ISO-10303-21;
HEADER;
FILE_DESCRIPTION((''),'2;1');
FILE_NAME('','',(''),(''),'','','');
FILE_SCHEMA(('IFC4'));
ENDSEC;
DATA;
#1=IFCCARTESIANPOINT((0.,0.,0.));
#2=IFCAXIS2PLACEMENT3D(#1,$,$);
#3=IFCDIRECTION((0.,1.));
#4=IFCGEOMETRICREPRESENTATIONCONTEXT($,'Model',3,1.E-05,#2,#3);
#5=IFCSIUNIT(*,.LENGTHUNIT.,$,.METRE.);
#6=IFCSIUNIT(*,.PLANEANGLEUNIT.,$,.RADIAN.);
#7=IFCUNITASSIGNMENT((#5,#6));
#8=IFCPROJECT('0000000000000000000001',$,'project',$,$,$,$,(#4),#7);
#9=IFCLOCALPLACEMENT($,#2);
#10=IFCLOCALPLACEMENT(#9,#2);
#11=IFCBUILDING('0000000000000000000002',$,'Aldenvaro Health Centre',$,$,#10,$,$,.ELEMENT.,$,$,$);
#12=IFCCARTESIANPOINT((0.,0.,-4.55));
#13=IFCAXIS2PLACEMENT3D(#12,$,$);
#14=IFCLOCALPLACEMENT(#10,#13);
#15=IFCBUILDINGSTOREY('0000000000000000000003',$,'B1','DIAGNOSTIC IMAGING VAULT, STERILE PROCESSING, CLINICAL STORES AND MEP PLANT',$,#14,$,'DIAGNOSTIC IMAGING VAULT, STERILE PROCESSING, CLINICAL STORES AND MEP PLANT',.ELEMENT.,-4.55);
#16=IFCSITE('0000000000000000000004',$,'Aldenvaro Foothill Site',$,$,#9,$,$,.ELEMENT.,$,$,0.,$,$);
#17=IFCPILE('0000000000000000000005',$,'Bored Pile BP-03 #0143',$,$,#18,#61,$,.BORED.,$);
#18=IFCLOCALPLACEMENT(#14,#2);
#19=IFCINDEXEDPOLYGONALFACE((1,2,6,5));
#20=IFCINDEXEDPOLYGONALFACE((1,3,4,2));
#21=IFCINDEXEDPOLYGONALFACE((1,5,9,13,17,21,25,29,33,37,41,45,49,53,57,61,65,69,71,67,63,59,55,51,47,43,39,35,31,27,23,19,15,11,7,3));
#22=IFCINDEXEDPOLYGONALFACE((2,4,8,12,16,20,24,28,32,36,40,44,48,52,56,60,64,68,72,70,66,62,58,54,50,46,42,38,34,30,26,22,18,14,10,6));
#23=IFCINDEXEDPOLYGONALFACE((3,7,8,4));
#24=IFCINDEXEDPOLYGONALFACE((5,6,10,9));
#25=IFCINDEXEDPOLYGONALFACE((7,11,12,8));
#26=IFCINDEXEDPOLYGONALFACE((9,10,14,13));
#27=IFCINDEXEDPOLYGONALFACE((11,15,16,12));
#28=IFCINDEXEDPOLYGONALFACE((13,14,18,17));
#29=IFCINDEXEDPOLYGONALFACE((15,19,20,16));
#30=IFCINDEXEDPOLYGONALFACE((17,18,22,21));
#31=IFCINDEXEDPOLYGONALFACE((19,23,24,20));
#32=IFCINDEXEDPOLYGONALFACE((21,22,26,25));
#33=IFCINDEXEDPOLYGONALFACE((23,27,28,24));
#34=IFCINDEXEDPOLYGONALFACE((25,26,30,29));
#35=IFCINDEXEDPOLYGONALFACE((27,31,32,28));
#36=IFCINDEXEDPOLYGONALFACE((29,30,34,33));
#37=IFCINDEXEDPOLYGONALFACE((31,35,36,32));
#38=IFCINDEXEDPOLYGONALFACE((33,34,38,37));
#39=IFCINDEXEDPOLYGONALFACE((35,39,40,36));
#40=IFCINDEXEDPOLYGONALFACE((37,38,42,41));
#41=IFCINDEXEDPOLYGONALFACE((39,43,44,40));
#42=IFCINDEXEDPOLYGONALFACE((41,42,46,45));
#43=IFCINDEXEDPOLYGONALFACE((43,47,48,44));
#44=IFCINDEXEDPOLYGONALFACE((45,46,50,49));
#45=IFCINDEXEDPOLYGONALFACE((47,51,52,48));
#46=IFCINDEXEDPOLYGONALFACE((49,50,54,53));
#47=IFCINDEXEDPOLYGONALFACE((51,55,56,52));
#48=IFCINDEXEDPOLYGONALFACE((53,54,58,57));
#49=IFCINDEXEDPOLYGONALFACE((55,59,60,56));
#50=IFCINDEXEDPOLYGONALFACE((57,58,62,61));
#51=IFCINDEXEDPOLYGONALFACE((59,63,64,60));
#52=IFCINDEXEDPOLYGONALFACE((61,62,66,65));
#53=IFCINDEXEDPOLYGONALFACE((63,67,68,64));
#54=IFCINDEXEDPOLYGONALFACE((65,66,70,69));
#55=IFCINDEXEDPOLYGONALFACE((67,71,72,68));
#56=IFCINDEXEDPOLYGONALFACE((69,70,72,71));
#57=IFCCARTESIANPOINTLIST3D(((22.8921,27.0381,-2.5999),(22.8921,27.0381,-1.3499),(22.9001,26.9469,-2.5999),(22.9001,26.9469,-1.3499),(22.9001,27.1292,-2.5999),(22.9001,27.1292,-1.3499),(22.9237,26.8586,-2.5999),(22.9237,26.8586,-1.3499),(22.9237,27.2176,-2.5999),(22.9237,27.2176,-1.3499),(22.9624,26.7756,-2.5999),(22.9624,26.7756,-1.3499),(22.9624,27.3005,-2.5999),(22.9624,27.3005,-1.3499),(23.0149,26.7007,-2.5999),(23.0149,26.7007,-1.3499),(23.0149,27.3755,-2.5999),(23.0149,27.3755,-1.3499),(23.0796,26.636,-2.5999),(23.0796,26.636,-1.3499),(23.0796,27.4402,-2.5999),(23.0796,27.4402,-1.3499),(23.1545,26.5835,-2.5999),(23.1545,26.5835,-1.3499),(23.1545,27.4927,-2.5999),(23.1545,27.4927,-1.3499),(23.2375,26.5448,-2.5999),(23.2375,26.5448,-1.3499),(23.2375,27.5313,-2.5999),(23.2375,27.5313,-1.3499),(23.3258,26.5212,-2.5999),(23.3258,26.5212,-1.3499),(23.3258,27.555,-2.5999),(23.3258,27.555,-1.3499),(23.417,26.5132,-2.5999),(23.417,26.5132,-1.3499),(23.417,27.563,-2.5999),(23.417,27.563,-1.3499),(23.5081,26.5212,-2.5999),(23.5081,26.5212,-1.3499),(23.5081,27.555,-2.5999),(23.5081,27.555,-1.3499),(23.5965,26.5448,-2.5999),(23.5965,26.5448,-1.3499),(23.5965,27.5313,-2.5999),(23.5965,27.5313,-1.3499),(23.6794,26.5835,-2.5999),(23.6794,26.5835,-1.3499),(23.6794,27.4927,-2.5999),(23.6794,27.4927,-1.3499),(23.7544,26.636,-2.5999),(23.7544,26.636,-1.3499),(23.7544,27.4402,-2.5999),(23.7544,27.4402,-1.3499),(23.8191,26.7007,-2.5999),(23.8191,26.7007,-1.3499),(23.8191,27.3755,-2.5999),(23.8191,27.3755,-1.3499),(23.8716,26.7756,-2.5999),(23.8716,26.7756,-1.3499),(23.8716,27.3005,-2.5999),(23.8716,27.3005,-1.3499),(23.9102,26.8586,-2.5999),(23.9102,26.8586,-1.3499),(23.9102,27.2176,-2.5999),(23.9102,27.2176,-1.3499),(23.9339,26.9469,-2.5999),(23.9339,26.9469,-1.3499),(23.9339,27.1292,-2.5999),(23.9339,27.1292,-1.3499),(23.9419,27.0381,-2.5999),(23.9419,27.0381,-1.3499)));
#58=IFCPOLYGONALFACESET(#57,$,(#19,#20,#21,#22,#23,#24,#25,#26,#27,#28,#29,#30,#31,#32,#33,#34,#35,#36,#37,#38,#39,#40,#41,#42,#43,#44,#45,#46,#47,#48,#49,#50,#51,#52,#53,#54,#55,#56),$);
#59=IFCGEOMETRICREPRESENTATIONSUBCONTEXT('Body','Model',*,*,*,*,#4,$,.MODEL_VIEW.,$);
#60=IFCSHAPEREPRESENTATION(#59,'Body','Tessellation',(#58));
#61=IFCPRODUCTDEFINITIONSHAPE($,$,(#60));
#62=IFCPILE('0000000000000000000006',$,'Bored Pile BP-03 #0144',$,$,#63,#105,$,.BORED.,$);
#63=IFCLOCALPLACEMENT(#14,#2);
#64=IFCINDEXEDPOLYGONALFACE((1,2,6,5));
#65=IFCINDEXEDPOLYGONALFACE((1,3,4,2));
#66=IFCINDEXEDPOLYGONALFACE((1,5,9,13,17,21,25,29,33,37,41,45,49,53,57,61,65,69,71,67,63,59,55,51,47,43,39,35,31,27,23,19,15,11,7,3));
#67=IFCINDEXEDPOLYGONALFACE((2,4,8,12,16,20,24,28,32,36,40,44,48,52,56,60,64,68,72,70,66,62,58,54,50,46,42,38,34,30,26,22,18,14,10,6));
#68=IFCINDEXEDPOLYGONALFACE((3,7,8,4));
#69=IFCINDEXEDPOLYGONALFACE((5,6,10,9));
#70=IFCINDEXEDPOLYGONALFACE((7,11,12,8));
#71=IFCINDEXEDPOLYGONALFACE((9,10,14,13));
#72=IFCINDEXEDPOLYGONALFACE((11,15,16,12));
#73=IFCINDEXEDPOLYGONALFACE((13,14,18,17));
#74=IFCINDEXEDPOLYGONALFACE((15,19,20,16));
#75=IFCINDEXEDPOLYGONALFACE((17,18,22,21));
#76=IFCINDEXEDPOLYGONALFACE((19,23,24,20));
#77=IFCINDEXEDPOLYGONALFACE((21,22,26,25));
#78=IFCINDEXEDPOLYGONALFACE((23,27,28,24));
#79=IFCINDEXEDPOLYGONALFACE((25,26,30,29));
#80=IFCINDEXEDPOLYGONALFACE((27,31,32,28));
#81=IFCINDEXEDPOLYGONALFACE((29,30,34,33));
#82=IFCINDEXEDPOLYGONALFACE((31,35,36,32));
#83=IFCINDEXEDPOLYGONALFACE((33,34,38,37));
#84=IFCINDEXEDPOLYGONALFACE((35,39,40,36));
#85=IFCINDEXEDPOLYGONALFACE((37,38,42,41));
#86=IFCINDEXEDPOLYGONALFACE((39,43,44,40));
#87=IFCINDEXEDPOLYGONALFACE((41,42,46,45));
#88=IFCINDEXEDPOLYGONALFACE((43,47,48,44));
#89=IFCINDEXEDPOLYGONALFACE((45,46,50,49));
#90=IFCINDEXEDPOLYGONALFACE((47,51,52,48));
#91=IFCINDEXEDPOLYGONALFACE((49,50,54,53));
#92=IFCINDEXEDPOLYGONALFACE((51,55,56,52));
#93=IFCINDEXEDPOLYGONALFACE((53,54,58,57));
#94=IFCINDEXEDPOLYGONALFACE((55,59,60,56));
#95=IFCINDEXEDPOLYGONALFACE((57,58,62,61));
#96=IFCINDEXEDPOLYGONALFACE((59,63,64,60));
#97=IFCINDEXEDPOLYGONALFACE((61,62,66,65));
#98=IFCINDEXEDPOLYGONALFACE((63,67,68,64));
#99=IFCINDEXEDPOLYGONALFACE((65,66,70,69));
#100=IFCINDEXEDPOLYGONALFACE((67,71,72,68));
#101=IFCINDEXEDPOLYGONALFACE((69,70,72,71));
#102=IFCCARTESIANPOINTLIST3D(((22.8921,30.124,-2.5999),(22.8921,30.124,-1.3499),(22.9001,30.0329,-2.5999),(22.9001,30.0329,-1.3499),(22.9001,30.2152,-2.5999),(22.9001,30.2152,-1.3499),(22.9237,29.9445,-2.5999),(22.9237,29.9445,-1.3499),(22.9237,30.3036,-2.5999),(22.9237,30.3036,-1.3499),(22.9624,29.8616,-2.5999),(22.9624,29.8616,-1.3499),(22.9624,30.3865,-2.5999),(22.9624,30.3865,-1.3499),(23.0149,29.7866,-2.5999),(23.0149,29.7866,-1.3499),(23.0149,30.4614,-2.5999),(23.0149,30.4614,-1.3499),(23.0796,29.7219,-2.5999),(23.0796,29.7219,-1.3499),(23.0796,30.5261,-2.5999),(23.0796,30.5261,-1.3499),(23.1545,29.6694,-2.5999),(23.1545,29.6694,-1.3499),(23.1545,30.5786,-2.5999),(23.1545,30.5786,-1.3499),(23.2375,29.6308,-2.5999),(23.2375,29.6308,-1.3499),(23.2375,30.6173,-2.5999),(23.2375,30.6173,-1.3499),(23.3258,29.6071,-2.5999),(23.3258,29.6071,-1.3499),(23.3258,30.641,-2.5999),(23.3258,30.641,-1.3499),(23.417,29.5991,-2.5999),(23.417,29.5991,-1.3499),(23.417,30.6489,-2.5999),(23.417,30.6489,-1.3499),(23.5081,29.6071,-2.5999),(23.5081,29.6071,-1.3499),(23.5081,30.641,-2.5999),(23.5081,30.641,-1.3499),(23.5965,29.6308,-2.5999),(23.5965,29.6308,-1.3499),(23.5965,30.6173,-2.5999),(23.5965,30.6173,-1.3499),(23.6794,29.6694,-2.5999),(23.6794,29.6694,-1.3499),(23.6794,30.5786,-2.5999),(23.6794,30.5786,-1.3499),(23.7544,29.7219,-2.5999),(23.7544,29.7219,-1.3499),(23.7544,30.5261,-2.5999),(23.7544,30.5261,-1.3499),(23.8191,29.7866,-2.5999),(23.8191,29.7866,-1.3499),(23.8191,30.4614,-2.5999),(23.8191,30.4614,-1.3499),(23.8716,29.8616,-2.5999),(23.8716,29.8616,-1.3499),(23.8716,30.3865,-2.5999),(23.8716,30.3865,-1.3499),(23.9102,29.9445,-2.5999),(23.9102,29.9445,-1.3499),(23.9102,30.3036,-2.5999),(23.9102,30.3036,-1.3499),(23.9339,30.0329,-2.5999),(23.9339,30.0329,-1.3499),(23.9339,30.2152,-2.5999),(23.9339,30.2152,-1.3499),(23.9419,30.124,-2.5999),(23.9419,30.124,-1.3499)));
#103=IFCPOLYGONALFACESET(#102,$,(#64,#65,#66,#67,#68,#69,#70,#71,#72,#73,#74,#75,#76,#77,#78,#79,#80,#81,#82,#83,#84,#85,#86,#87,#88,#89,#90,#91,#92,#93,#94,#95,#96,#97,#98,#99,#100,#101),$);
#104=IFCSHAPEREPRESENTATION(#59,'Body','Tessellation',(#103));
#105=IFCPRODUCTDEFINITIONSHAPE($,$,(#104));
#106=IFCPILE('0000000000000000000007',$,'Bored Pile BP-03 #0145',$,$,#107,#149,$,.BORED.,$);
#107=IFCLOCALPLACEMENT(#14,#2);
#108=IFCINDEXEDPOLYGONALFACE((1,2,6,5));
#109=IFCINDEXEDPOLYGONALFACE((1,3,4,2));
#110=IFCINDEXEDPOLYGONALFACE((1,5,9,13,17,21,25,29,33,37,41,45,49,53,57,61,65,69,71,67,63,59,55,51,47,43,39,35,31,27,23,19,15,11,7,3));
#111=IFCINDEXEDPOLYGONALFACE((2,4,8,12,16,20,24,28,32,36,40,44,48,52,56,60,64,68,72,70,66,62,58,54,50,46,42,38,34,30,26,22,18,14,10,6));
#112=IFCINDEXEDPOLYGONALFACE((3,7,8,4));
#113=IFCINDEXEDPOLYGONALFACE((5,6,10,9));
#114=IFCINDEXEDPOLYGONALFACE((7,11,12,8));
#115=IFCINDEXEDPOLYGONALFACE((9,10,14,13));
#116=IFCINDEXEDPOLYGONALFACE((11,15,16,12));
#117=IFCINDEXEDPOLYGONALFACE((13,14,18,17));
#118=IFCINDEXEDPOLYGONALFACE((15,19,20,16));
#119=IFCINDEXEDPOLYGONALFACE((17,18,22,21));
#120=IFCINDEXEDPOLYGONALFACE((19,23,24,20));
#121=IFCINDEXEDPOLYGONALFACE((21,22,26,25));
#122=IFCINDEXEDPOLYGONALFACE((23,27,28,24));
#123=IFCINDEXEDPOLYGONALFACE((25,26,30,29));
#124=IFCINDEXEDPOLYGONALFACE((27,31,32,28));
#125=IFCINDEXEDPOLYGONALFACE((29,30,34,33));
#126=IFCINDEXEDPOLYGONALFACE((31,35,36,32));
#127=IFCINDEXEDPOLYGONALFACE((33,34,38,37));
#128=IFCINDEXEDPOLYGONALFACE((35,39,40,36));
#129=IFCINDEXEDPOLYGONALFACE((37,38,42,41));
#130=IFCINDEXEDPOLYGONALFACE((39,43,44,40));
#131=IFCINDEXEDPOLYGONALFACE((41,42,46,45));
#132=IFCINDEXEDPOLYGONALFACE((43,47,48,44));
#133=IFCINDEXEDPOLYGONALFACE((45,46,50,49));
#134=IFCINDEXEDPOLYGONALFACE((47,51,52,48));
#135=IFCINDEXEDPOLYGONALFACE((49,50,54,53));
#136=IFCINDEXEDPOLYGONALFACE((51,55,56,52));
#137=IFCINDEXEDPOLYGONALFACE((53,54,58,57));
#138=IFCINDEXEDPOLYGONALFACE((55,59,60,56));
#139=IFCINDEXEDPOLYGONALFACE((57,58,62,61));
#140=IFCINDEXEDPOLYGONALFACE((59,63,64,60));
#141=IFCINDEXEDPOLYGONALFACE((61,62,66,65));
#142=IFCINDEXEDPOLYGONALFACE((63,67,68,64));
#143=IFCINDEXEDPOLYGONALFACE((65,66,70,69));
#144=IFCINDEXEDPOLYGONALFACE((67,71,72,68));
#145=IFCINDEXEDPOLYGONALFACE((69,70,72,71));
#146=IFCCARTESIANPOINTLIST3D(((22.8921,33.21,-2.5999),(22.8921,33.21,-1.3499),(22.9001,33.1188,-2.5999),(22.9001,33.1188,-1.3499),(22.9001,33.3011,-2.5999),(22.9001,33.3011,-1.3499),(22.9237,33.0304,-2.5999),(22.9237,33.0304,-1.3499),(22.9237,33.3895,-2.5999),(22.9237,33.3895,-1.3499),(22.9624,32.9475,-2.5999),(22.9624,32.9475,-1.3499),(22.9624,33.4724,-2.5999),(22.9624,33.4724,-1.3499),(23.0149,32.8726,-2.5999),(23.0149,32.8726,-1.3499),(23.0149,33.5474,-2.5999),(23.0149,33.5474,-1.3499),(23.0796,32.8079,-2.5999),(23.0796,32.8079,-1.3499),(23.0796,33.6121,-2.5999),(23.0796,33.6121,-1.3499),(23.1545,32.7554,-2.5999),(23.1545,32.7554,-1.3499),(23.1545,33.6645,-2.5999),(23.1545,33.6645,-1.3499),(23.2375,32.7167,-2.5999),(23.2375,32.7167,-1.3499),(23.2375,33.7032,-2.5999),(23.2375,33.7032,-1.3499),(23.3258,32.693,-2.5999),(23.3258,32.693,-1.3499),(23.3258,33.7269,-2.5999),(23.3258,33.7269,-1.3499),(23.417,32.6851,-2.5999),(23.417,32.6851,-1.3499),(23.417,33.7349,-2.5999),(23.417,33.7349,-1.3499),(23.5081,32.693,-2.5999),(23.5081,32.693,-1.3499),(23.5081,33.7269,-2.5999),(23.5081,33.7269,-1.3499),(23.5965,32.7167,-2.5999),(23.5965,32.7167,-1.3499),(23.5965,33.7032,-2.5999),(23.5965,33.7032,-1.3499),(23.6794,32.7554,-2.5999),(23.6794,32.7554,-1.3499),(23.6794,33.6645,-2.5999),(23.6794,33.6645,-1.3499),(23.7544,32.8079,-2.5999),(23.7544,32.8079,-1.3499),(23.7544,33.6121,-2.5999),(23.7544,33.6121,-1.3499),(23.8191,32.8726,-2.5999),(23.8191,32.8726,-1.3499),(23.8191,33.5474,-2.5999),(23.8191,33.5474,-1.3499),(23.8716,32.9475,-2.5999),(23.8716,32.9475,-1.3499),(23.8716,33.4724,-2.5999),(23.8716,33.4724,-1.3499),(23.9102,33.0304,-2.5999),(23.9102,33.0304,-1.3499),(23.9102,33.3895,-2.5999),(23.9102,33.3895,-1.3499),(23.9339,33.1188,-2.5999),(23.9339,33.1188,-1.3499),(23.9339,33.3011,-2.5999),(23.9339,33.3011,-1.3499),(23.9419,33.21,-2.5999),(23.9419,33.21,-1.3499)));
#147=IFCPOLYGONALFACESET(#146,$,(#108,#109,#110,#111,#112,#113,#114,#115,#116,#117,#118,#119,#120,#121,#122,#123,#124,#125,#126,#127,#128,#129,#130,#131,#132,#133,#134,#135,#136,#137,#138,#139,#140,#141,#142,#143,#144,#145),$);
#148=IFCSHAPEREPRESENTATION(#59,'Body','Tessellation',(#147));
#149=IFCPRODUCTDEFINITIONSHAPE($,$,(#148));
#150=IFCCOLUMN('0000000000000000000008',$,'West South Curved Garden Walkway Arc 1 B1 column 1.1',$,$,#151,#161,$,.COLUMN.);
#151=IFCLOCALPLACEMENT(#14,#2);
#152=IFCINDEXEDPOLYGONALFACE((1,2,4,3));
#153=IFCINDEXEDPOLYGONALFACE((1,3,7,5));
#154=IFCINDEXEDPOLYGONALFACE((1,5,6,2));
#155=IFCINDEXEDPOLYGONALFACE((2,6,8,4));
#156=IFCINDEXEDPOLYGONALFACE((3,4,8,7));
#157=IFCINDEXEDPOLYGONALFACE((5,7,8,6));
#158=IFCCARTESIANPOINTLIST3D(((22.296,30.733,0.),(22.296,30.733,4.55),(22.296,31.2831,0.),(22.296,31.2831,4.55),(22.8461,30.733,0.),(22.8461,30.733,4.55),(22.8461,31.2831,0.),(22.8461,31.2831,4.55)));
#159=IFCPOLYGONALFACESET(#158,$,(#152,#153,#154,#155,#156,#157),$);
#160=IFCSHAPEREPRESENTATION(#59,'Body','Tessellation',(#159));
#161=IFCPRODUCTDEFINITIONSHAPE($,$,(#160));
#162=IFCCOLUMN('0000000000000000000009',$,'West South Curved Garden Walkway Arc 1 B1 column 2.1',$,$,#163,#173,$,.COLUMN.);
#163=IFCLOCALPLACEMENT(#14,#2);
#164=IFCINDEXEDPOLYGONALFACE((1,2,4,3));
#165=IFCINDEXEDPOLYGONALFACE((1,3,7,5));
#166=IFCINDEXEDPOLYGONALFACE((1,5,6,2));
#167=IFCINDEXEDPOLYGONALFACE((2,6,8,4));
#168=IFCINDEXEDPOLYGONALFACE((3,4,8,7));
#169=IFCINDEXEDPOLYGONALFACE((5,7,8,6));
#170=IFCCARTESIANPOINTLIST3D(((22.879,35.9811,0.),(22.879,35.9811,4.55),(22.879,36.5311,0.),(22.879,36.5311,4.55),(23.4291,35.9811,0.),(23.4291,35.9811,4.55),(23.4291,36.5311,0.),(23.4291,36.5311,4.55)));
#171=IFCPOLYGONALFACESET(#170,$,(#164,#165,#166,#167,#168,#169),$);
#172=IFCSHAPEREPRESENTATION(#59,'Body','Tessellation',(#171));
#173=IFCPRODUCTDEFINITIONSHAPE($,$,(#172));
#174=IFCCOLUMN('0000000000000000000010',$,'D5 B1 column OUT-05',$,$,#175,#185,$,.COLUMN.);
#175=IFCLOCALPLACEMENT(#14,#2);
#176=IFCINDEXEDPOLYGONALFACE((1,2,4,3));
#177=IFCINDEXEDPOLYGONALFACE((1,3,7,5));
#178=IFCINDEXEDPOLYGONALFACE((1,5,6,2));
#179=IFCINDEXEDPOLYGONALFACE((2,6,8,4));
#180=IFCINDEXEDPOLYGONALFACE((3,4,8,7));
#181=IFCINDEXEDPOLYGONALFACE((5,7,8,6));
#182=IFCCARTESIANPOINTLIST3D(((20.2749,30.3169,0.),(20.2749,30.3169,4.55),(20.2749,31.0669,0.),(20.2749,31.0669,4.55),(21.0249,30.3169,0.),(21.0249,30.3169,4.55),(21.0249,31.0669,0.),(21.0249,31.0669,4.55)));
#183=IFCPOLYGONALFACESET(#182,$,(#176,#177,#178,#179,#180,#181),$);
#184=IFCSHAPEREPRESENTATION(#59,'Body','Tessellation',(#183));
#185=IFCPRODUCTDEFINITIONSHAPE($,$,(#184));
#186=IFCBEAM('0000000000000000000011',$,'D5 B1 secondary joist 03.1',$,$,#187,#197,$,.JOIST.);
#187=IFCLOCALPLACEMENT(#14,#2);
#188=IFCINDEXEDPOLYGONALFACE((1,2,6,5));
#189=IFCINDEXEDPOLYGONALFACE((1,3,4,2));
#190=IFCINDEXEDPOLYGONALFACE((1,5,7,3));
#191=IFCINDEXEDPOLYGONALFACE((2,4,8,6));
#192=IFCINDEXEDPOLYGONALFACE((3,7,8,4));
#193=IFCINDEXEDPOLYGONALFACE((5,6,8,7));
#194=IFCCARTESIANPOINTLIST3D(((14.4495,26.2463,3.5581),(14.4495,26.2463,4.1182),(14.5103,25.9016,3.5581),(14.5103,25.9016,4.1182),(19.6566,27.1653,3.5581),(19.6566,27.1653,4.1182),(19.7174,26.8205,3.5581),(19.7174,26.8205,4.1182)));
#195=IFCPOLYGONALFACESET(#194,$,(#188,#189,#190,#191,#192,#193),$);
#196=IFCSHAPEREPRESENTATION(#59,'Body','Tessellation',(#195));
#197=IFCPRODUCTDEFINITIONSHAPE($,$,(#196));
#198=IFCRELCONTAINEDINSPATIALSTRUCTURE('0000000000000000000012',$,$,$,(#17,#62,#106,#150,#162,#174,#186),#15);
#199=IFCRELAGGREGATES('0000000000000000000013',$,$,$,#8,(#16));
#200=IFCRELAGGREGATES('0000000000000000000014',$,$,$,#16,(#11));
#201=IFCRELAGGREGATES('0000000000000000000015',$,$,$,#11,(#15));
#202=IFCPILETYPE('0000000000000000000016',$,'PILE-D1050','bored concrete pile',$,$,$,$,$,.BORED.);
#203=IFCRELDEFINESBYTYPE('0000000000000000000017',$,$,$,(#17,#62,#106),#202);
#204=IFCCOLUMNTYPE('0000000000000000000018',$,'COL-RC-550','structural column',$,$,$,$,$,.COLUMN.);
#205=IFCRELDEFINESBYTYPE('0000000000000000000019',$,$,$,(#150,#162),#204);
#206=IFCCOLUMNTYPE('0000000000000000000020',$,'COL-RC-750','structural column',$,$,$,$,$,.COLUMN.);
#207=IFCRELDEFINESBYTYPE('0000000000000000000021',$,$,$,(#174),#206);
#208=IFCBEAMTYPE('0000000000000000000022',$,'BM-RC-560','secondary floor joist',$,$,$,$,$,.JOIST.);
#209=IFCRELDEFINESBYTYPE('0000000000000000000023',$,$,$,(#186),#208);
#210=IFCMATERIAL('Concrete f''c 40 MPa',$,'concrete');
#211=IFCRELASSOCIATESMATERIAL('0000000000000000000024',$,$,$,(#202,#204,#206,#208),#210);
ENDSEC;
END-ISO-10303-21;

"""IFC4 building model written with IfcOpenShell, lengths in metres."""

from ifc_helpers import new_model, si_unit, direction, frame, origin, origin_2d, place, context, subcontext, project, spatial, rectangle, circle, extrude, material, material_profile, profile_set, type_object, element, save


model = new_model("IFC4")

# Units and contexts
model_context = context("Model", 3, precision=1e-05, world=origin(), true_north=direction((0.0, 1.0)))
body_context = subcontext(model_context, "Body", "Model", "MODEL_VIEW")
ifc_project = project(units=[si_unit("LENGTHUNIT", "METRE"), si_unit("PLANEANGLEUNIT", "RADIAN")], contexts=[model_context])

# Site, building, storey
site_placement = place(None, origin())
site = spatial("IfcSite", under=ifc_project, at=site_placement, Name="Aldenvaro Foothill Site", CompositionType="ELEMENT", RefElevation=0.0)
building_placement = place(site_placement, origin())
building = spatial("IfcBuilding", under=site, at=building_placement, Name="Aldenvaro Health Centre", CompositionType="ELEMENT")
storey_placement = place(building_placement, frame((0.0, 0.0, -4.55)))
storey = spatial("IfcBuildingStorey", under=building, at=storey_placement, Name="B1", Description="DIAGNOSTIC IMAGING VAULT, STERILE PROCESSING, CLINICAL STORES AND MEP PLANT", LongName="DIAGNOSTIC IMAGING VAULT, STERILE PROCESSING, CLINICAL STORES AND MEP PLANT", CompositionType="ELEMENT", Elevation=-4.55)

# Piles
ifc_material_1 = material(Name="Concrete f'c 40 MPa", Category="concrete")
ifc_material_profile_1 = material_profile(ifc_material_1, circle(Radius=0.5249, at=origin_2d()), Name="PILE D1050", Category="concrete")
ifc_profile_set_1 = profile_set([ifc_material_profile_1], Name="Concrete f'c 40 MPa")
pile_type = type_object("IfcPileType", Name="PILE-D1050", Description="bored concrete pile", PredefinedType="BORED", material=ifc_profile_set_1)
for number, where, z_axis, x_axis, name in (
    (1, (23.417, 27.0381, -1.3499), (0.0, 0.0, -1.0), (1.0, 0.0, 0.0), "Bored Pile BP-03 #0143"),
    (2, (23.417, 30.124, -1.3499), (0.0, 0.0, -1.0), (1.0, 0.0, 0.0), "Bored Pile BP-03 #0144"),
    (3, (23.417, 33.21, -1.3499), (0.0, 0.0, -1.0), (1.0, 0.0, 0.0), "Bored Pile BP-03 #0145"),
):
    element("IfcPile", number, at=place(storey_placement, frame(where, z_axis=z_axis, x_axis=x_axis)), inside=storey, type_object=pile_type, Name=name, PredefinedType="BORED", context=body_context, shape_type="SweptSolid", body=[
        extrude(circle(Radius=0.5249, at=origin_2d()), origin(), (0.0, 0.0, 1.0), 1.25),
    ])

# Columns
ifc_material_profile_2 = material_profile(ifc_material_1, rectangle(XDim=0.55, YDim=0.55, at=origin_2d()), Name="RC 550x550", Category="concrete")
ifc_profile_set_2 = profile_set([ifc_material_profile_2], Name="Concrete f'c 40 MPa")
column_type_1 = type_object("IfcColumnType", Name="COL-RC-550", Description="structural column", PredefinedType="COLUMN", material=ifc_profile_set_2)
for number, where, z_axis, x_axis, name in (
    (4, (22.571, 31.0081, 0.0), (0.0, 0.0, 1.0), (1.0, 0.0, 0.0), "West South Curved Garden Walkway Arc 1 B1 column 1.1"),
    (5, (23.1541, 36.2561, 0.0), (0.0, 0.0, 1.0), (1.0, 0.0, 0.0), "West South Curved Garden Walkway Arc 1 B1 column 2.1"),
):
    element("IfcColumn", number, at=place(storey_placement, frame(where, z_axis=z_axis, x_axis=x_axis)), inside=storey, type_object=column_type_1, Name=name, PredefinedType="COLUMN", context=body_context, shape_type="SweptSolid", body=[
        extrude(rectangle(XDim=0.55, YDim=0.55, at=origin_2d()), origin(), (0.0, 0.0, 1.0), 4.55),
    ])
ifc_material_profile_3 = material_profile(ifc_material_1, rectangle(XDim=0.75, YDim=0.75, at=origin_2d()), Name="RC 750x750", Category="concrete")
ifc_profile_set_3 = profile_set([ifc_material_profile_3], Name="Concrete f'c 40 MPa")
column_type_2 = type_object("IfcColumnType", Name="COL-RC-750", Description="structural column", PredefinedType="COLUMN", material=ifc_profile_set_3)
column_placement = place(storey_placement, frame((20.6499, 30.6919, 0.0), z_axis=(0.0, 0.0, 1.0), x_axis=(1.0, 0.0, 0.0)))
element("IfcColumn", 6, at=column_placement, inside=storey, type_object=column_type_2, Name="D5 B1 column OUT-05", PredefinedType="COLUMN", context=body_context, shape_type="SweptSolid", body=[
    extrude(rectangle(XDim=0.75, YDim=0.75, at=origin_2d()), origin(), (0.0, 0.0, 1.0), 4.55),
])

# Beam
ifc_material_profile_4 = material_profile(ifc_material_1, rectangle(XDim=0.3501, YDim=0.5601, at=origin_2d()), Name="RC 350x560", Category="concrete")
ifc_profile_set_4 = profile_set([ifc_material_profile_4], Name="Concrete f'c 40 MPa")
beam_type_1 = type_object("IfcBeamType", Name="BM-RC-560", Description="secondary floor joist", PredefinedType="JOIST", material=ifc_profile_set_4)
beam_1_placement = place(storey_placement, frame((19.687, 26.9929, 3.8381), z_axis=(-0.984782, -0.173796, 0.0), x_axis=(0.173796, -0.984782, 0.0)))
element("IfcBeam", 7, at=beam_1_placement, inside=storey, type_object=beam_type_1, Name="D5 B1 secondary joist 03.1", PredefinedType="JOIST", context=body_context, shape_type="SweptSolid", body=[
    extrude(rectangle(XDim=0.3501, YDim=0.5601, at=origin_2d()), origin(), (0.0, 0.0, 1.0), 5.2876),
])

save(model, "model.ifc")
